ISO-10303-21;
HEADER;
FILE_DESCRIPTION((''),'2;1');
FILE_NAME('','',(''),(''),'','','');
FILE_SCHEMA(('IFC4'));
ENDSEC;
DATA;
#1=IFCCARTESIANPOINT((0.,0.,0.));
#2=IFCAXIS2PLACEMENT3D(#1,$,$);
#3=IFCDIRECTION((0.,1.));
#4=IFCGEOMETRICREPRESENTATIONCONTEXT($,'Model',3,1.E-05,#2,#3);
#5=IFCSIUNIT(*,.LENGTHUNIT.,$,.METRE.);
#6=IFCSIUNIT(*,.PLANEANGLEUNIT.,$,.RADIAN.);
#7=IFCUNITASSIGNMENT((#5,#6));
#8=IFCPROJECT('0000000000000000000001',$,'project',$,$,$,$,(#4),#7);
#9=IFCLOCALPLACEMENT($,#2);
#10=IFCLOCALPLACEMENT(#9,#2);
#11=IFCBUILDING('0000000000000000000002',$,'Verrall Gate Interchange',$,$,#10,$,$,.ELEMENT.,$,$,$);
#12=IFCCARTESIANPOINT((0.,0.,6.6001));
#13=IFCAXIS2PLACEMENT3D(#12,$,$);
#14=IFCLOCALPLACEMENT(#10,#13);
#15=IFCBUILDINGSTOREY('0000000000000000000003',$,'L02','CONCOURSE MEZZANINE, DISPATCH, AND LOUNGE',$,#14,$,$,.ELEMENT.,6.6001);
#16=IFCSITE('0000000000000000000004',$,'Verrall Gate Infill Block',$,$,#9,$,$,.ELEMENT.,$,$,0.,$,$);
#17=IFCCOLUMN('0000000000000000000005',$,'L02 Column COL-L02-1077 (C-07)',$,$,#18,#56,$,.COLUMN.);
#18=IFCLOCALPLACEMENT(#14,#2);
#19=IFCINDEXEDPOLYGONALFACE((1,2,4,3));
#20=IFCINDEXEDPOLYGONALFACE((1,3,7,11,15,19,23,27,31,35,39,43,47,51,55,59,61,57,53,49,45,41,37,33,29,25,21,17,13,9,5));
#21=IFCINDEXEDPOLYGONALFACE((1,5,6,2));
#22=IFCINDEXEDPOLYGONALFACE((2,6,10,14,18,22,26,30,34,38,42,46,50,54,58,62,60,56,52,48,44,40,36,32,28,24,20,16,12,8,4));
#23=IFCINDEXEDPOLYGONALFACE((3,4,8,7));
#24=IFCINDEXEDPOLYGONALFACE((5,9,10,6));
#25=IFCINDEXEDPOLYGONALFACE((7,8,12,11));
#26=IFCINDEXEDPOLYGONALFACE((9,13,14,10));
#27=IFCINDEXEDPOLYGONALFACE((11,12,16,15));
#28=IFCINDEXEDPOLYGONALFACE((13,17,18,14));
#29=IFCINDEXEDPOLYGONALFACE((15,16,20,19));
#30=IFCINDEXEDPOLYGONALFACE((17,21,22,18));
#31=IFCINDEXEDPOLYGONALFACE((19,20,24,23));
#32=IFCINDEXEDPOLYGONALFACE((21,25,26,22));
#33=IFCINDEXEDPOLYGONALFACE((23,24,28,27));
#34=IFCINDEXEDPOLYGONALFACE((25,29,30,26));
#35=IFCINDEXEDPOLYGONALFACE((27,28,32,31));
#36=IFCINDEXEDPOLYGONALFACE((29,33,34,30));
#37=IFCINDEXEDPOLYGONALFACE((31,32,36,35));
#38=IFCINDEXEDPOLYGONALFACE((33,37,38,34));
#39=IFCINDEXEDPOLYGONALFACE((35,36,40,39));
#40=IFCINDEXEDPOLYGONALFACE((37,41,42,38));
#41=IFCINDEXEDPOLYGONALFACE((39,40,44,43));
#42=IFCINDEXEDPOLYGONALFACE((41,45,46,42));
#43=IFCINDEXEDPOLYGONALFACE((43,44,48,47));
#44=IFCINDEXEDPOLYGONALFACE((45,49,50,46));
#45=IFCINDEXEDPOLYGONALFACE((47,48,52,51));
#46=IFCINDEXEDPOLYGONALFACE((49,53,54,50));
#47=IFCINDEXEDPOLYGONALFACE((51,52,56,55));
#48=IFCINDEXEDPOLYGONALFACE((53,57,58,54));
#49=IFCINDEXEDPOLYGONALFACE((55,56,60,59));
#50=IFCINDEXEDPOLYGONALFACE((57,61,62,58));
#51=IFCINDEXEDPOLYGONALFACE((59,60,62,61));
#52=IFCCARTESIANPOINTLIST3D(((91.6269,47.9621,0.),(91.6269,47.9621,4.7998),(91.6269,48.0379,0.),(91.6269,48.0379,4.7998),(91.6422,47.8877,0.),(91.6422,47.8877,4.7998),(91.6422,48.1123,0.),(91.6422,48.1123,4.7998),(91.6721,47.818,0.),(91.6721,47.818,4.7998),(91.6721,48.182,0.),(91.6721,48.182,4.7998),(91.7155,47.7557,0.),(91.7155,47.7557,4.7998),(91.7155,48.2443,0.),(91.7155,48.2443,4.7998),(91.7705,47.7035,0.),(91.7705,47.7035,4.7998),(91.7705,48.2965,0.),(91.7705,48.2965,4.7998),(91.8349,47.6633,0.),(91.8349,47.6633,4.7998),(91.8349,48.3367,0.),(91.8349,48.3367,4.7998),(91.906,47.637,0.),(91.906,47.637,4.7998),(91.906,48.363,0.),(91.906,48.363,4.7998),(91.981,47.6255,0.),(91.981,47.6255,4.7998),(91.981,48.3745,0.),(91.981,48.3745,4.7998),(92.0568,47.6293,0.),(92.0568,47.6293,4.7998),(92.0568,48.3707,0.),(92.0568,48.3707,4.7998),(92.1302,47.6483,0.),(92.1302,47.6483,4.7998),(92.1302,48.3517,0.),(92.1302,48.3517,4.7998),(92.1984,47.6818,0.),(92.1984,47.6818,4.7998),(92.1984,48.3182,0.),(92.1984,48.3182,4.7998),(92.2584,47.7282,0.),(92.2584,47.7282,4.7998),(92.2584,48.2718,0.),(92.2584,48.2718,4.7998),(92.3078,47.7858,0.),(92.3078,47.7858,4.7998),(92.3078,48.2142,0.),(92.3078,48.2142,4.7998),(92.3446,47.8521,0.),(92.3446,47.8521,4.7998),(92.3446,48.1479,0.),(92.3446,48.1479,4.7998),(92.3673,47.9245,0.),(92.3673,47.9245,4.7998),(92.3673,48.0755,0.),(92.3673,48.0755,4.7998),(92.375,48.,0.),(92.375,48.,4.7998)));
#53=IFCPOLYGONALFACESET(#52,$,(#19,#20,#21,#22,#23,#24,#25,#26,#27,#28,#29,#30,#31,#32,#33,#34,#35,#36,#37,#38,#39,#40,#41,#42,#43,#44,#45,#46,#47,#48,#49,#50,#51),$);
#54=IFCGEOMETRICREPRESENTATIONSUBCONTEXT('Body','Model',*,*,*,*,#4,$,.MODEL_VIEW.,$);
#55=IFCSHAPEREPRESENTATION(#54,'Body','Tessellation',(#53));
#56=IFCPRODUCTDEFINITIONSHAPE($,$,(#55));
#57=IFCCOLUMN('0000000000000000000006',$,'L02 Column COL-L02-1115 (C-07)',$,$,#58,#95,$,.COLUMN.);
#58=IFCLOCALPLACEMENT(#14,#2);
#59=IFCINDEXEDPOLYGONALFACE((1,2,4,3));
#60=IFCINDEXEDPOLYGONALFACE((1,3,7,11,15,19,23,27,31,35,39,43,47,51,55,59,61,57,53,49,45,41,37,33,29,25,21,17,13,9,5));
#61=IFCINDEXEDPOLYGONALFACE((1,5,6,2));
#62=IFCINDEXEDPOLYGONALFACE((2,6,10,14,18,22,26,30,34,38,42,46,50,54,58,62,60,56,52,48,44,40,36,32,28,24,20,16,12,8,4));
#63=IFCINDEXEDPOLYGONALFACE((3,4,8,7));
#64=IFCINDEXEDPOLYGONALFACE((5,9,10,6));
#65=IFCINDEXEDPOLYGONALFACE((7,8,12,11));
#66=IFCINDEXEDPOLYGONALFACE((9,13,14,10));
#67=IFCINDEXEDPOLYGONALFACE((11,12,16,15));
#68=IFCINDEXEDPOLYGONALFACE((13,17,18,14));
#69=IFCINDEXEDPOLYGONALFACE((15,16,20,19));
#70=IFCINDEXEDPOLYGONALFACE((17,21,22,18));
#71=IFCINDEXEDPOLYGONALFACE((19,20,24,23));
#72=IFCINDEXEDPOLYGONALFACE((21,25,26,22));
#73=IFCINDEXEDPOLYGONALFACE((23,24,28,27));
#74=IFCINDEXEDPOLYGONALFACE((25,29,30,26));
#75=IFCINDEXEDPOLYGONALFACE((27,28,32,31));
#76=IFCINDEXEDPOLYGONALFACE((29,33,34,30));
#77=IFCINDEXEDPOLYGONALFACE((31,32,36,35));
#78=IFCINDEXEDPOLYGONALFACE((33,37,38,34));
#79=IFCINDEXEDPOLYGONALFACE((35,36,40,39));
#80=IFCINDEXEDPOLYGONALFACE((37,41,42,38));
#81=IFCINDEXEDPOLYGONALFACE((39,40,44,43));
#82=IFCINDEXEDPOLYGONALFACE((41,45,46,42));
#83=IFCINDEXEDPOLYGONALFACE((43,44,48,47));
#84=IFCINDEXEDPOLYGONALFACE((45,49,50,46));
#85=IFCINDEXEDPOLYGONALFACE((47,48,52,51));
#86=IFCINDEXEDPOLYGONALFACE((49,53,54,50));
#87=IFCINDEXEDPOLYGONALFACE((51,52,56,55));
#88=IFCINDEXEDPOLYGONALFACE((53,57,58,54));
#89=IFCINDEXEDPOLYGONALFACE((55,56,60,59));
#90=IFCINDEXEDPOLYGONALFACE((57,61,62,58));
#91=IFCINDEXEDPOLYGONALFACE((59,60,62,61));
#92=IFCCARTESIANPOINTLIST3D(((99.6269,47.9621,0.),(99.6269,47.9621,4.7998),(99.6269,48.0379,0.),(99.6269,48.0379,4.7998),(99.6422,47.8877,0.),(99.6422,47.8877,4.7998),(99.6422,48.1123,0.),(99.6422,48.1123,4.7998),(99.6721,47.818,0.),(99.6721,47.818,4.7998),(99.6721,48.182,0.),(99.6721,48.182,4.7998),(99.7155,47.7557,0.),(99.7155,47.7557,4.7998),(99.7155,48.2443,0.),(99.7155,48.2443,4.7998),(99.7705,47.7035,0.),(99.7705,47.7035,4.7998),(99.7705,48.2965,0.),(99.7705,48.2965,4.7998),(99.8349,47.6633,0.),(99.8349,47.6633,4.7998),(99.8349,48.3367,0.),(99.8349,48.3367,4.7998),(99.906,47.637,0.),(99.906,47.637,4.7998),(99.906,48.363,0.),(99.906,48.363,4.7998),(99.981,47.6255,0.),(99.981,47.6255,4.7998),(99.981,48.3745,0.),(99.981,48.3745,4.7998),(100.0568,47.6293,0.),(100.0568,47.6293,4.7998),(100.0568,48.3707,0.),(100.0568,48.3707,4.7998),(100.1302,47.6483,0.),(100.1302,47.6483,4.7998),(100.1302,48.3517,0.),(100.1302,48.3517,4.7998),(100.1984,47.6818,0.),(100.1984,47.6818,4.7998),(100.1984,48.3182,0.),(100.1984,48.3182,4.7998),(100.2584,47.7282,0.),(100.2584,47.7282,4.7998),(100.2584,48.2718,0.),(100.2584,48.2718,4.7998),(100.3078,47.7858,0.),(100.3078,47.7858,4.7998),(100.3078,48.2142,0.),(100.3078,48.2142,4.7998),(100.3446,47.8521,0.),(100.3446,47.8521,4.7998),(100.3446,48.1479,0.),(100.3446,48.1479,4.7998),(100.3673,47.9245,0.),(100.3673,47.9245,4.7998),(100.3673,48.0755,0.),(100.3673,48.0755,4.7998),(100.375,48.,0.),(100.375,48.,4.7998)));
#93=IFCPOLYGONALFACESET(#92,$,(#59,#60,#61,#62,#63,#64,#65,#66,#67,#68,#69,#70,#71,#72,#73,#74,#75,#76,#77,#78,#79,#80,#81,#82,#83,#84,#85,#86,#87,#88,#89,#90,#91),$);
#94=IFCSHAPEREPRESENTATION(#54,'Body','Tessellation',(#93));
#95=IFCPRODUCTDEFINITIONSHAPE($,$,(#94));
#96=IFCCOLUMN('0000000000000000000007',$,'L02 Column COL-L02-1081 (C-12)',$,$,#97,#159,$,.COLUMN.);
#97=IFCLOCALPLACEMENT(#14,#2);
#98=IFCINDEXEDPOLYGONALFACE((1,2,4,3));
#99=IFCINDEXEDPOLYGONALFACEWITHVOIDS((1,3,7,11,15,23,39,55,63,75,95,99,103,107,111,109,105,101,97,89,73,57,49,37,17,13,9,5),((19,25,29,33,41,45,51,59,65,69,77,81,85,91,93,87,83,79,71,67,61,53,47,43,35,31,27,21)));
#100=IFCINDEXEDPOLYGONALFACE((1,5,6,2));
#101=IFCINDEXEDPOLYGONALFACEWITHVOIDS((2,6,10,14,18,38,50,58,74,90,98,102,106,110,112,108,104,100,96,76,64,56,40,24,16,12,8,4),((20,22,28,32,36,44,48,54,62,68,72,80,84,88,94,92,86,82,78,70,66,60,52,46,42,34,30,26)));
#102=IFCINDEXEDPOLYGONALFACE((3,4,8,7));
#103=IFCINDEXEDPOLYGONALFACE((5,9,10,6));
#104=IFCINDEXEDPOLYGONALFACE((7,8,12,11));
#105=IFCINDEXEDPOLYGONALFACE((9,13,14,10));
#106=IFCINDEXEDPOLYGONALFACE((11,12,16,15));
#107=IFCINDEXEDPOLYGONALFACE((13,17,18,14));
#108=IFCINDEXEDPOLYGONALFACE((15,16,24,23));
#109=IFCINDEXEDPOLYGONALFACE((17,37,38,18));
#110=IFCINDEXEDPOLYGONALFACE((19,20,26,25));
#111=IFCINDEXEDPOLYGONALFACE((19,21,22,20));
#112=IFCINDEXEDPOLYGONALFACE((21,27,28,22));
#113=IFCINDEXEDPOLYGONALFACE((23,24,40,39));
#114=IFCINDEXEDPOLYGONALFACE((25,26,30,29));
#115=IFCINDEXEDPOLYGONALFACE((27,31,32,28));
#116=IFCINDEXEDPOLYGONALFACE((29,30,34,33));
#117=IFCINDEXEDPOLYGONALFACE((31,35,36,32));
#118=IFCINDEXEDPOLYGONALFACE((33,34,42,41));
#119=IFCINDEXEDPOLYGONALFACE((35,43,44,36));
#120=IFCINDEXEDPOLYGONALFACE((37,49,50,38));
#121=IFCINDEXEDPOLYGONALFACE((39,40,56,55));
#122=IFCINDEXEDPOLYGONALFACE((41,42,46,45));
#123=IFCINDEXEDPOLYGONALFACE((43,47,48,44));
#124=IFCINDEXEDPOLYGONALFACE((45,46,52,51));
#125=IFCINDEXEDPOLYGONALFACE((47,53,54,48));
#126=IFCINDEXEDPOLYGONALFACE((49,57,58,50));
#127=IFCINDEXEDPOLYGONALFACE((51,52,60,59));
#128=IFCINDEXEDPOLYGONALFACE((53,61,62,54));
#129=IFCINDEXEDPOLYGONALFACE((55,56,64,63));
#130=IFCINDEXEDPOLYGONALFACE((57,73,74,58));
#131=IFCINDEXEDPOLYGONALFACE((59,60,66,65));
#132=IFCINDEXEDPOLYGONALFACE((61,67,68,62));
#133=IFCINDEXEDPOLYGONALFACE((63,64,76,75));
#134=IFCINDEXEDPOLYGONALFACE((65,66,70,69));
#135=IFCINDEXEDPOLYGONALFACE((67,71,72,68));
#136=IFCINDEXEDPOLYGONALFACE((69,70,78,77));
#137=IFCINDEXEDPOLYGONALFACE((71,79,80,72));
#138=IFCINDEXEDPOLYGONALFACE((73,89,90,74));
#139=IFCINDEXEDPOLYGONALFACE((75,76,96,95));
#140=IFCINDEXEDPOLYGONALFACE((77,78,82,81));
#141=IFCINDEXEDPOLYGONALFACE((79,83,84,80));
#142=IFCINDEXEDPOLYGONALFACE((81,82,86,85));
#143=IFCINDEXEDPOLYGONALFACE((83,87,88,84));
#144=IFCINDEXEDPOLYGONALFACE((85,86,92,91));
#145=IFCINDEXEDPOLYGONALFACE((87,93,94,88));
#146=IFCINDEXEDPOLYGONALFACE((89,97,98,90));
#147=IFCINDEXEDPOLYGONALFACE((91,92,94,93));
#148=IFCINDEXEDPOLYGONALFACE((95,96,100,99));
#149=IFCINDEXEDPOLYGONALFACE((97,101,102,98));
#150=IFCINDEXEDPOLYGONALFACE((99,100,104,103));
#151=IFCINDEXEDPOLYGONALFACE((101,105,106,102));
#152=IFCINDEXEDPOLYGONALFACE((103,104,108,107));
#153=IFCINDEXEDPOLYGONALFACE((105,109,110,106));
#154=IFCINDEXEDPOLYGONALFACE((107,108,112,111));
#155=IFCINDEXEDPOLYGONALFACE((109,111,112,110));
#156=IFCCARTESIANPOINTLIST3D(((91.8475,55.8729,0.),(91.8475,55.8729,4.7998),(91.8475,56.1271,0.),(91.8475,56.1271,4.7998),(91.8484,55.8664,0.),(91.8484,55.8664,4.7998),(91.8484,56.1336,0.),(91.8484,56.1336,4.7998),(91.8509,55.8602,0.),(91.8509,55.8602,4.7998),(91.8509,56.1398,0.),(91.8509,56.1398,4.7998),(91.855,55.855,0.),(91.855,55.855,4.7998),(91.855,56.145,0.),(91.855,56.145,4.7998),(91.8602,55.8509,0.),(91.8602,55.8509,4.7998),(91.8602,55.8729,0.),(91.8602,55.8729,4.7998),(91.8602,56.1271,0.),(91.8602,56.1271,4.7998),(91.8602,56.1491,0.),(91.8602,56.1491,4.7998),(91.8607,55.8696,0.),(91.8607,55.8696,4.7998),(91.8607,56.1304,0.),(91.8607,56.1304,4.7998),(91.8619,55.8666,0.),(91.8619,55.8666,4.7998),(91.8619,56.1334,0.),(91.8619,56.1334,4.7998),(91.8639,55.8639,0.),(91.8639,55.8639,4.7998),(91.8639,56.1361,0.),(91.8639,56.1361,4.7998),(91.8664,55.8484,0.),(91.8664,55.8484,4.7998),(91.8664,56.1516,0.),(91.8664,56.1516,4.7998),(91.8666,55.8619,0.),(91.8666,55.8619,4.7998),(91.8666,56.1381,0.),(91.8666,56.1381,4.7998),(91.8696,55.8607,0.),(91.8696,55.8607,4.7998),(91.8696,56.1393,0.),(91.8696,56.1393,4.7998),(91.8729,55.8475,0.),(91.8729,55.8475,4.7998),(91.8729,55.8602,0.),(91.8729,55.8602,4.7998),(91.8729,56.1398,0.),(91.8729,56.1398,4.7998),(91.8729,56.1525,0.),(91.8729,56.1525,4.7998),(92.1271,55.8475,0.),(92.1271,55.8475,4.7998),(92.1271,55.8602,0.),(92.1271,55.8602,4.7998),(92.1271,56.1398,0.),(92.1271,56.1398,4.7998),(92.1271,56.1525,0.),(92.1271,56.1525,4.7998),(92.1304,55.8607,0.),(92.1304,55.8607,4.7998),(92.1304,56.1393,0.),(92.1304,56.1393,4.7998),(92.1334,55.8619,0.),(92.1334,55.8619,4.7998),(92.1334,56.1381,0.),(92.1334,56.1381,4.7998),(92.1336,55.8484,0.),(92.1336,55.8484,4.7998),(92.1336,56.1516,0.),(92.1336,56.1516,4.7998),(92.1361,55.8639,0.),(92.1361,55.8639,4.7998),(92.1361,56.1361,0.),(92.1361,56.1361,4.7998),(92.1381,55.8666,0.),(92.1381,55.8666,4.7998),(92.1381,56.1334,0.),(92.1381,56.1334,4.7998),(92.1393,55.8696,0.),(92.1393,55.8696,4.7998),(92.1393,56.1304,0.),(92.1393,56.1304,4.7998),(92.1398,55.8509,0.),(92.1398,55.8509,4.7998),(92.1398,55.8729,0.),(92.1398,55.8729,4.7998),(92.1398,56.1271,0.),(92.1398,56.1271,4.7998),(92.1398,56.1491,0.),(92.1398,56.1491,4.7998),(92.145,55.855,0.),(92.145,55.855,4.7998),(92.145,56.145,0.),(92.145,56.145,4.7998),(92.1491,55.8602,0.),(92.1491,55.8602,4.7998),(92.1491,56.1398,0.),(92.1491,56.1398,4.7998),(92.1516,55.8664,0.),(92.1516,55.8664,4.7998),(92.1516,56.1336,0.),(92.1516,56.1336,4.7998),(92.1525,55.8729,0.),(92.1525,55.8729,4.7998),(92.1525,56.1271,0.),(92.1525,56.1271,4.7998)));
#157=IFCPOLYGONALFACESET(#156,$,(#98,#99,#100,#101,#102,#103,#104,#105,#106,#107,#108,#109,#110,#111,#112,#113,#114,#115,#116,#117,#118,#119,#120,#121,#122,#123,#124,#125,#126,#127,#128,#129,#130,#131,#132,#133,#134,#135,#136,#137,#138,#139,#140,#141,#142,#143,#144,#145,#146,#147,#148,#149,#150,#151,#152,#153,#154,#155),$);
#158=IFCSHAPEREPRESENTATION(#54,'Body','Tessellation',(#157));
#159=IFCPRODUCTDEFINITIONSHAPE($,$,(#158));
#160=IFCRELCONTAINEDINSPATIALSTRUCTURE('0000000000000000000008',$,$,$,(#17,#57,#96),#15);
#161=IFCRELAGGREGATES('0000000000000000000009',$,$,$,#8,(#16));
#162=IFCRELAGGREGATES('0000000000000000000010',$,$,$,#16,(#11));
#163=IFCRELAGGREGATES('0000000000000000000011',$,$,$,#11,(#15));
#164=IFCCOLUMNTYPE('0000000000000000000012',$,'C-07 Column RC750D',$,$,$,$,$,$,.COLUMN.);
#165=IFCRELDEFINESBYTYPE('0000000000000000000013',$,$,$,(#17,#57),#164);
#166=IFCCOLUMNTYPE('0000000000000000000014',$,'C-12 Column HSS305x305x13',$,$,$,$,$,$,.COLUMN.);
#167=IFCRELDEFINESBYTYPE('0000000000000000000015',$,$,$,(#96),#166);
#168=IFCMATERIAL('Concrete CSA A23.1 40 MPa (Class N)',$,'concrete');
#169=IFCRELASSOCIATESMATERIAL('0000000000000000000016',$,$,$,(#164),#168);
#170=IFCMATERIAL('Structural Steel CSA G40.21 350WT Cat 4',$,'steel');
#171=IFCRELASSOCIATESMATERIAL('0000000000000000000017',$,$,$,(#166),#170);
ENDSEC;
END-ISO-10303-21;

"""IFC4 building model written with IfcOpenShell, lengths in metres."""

from ifc_helpers import new_model, si_unit, direction, frame, origin, origin_2d, place, context, subcontext, project, spatial, hollow_rectangle, circle, extrude, material, material_profile, profile_set, type_object, element, save


model = new_model("IFC4")

# Units and contexts
model_context = context("Model", 3, precision=1e-05, world=origin(), true_north=direction((0.0, 1.0)))
body_context = subcontext(model_context, "Body", "Model", "MODEL_VIEW")
ifc_project = project(units=[si_unit("LENGTHUNIT", "METRE"), si_unit("PLANEANGLEUNIT", "RADIAN")], contexts=[model_context])

# Site, building, storey
site_placement = place(None, origin())
site = spatial("IfcSite", under=ifc_project, at=site_placement, Name="Verrall Gate Infill Block", CompositionType="ELEMENT", RefElevation=0.0)
building_placement = place(site_placement, origin())
building = spatial("IfcBuilding", under=site, at=building_placement, Name="Verrall Gate Interchange", CompositionType="ELEMENT")
storey_placement = place(building_placement, frame((0.0, 0.0, 6.6001)))
storey = spatial("IfcBuildingStorey", under=building, at=storey_placement, Name="L02", Description="CONCOURSE MEZZANINE, DISPATCH, AND LOUNGE", CompositionType="ELEMENT", Elevation=6.6001)

# Columns
ifc_material_1 = material(Name="Concrete CSA A23.1 40 MPa (Class N)", Category="concrete")
ifc_material_profile_1 = material_profile(ifc_material_1, circle(Radius=0.375, at=origin_2d()), Name="RC750D")
ifc_profile_set_1 = profile_set([ifc_material_profile_1], Name="Concrete CSA A23.1 40 MPa (Class N)")
column_type_1 = type_object("IfcColumnType", Name="C-07 Column RC750D", PredefinedType="COLUMN", material=ifc_profile_set_1)
for number, where, z_axis, x_axis, name in (
    (1, (92.0, 48.0, 0.0), (0.0, 0.0, 1.0), (1.0, 0.0, 0.0), "L02 Column COL-L02-1077 (C-07)"),
    (2, (100.0, 48.0, 0.0), (0.0, 0.0, 1.0), (1.0, 0.0, 0.0), "L02 Column COL-L02-1115 (C-07)"),
):
    element("IfcColumn", number, at=place(storey_placement, frame(where, z_axis=z_axis, x_axis=x_axis)), inside=storey, type_object=column_type_1, Name=name, PredefinedType="COLUMN", context=body_context, shape_type="SweptSolid", body=[
        extrude(circle(Radius=0.375, at=origin_2d()), origin(), (0.0, 0.0, 1.0), 4.7998),
    ])
ifc_material_2 = material(Name="Structural Steel CSA G40.21 350WT Cat 4", Category="steel")
ifc_material_profile_2 = material_profile(ifc_material_2, hollow_rectangle(XDim=0.3049, YDim=0.3049, WallThickness=0.0127, InnerFilletRadius=0.0127, OuterFilletRadius=0.0254, at=origin_2d()), Name="HSS305x305x13")
ifc_profile_set_2 = profile_set([ifc_material_profile_2], Name="Structural Steel CSA G40.21 350WT Cat 4")
column_type_2 = type_object("IfcColumnType", Name="C-12 Column HSS305x305x13", PredefinedType="COLUMN", material=ifc_profile_set_2)
column_placement = place(storey_placement, frame((92.0, 56.0, 0.0), z_axis=(0.0, 0.0, 1.0), x_axis=(1.0, 0.0, 0.0)))
element("IfcColumn", 3, at=column_placement, inside=storey, type_object=column_type_2, Name="L02 Column COL-L02-1081 (C-12)", PredefinedType="COLUMN", context=body_context, shape_type="SweptSolid", body=[
    extrude(hollow_rectangle(XDim=0.3049, YDim=0.3049, WallThickness=0.0127, InnerFilletRadius=0.0127, OuterFilletRadius=0.0254, at=origin_2d()), origin(), (0.0, 0.0, 1.0), 4.7998),
])

save(model, "model.ifc")
